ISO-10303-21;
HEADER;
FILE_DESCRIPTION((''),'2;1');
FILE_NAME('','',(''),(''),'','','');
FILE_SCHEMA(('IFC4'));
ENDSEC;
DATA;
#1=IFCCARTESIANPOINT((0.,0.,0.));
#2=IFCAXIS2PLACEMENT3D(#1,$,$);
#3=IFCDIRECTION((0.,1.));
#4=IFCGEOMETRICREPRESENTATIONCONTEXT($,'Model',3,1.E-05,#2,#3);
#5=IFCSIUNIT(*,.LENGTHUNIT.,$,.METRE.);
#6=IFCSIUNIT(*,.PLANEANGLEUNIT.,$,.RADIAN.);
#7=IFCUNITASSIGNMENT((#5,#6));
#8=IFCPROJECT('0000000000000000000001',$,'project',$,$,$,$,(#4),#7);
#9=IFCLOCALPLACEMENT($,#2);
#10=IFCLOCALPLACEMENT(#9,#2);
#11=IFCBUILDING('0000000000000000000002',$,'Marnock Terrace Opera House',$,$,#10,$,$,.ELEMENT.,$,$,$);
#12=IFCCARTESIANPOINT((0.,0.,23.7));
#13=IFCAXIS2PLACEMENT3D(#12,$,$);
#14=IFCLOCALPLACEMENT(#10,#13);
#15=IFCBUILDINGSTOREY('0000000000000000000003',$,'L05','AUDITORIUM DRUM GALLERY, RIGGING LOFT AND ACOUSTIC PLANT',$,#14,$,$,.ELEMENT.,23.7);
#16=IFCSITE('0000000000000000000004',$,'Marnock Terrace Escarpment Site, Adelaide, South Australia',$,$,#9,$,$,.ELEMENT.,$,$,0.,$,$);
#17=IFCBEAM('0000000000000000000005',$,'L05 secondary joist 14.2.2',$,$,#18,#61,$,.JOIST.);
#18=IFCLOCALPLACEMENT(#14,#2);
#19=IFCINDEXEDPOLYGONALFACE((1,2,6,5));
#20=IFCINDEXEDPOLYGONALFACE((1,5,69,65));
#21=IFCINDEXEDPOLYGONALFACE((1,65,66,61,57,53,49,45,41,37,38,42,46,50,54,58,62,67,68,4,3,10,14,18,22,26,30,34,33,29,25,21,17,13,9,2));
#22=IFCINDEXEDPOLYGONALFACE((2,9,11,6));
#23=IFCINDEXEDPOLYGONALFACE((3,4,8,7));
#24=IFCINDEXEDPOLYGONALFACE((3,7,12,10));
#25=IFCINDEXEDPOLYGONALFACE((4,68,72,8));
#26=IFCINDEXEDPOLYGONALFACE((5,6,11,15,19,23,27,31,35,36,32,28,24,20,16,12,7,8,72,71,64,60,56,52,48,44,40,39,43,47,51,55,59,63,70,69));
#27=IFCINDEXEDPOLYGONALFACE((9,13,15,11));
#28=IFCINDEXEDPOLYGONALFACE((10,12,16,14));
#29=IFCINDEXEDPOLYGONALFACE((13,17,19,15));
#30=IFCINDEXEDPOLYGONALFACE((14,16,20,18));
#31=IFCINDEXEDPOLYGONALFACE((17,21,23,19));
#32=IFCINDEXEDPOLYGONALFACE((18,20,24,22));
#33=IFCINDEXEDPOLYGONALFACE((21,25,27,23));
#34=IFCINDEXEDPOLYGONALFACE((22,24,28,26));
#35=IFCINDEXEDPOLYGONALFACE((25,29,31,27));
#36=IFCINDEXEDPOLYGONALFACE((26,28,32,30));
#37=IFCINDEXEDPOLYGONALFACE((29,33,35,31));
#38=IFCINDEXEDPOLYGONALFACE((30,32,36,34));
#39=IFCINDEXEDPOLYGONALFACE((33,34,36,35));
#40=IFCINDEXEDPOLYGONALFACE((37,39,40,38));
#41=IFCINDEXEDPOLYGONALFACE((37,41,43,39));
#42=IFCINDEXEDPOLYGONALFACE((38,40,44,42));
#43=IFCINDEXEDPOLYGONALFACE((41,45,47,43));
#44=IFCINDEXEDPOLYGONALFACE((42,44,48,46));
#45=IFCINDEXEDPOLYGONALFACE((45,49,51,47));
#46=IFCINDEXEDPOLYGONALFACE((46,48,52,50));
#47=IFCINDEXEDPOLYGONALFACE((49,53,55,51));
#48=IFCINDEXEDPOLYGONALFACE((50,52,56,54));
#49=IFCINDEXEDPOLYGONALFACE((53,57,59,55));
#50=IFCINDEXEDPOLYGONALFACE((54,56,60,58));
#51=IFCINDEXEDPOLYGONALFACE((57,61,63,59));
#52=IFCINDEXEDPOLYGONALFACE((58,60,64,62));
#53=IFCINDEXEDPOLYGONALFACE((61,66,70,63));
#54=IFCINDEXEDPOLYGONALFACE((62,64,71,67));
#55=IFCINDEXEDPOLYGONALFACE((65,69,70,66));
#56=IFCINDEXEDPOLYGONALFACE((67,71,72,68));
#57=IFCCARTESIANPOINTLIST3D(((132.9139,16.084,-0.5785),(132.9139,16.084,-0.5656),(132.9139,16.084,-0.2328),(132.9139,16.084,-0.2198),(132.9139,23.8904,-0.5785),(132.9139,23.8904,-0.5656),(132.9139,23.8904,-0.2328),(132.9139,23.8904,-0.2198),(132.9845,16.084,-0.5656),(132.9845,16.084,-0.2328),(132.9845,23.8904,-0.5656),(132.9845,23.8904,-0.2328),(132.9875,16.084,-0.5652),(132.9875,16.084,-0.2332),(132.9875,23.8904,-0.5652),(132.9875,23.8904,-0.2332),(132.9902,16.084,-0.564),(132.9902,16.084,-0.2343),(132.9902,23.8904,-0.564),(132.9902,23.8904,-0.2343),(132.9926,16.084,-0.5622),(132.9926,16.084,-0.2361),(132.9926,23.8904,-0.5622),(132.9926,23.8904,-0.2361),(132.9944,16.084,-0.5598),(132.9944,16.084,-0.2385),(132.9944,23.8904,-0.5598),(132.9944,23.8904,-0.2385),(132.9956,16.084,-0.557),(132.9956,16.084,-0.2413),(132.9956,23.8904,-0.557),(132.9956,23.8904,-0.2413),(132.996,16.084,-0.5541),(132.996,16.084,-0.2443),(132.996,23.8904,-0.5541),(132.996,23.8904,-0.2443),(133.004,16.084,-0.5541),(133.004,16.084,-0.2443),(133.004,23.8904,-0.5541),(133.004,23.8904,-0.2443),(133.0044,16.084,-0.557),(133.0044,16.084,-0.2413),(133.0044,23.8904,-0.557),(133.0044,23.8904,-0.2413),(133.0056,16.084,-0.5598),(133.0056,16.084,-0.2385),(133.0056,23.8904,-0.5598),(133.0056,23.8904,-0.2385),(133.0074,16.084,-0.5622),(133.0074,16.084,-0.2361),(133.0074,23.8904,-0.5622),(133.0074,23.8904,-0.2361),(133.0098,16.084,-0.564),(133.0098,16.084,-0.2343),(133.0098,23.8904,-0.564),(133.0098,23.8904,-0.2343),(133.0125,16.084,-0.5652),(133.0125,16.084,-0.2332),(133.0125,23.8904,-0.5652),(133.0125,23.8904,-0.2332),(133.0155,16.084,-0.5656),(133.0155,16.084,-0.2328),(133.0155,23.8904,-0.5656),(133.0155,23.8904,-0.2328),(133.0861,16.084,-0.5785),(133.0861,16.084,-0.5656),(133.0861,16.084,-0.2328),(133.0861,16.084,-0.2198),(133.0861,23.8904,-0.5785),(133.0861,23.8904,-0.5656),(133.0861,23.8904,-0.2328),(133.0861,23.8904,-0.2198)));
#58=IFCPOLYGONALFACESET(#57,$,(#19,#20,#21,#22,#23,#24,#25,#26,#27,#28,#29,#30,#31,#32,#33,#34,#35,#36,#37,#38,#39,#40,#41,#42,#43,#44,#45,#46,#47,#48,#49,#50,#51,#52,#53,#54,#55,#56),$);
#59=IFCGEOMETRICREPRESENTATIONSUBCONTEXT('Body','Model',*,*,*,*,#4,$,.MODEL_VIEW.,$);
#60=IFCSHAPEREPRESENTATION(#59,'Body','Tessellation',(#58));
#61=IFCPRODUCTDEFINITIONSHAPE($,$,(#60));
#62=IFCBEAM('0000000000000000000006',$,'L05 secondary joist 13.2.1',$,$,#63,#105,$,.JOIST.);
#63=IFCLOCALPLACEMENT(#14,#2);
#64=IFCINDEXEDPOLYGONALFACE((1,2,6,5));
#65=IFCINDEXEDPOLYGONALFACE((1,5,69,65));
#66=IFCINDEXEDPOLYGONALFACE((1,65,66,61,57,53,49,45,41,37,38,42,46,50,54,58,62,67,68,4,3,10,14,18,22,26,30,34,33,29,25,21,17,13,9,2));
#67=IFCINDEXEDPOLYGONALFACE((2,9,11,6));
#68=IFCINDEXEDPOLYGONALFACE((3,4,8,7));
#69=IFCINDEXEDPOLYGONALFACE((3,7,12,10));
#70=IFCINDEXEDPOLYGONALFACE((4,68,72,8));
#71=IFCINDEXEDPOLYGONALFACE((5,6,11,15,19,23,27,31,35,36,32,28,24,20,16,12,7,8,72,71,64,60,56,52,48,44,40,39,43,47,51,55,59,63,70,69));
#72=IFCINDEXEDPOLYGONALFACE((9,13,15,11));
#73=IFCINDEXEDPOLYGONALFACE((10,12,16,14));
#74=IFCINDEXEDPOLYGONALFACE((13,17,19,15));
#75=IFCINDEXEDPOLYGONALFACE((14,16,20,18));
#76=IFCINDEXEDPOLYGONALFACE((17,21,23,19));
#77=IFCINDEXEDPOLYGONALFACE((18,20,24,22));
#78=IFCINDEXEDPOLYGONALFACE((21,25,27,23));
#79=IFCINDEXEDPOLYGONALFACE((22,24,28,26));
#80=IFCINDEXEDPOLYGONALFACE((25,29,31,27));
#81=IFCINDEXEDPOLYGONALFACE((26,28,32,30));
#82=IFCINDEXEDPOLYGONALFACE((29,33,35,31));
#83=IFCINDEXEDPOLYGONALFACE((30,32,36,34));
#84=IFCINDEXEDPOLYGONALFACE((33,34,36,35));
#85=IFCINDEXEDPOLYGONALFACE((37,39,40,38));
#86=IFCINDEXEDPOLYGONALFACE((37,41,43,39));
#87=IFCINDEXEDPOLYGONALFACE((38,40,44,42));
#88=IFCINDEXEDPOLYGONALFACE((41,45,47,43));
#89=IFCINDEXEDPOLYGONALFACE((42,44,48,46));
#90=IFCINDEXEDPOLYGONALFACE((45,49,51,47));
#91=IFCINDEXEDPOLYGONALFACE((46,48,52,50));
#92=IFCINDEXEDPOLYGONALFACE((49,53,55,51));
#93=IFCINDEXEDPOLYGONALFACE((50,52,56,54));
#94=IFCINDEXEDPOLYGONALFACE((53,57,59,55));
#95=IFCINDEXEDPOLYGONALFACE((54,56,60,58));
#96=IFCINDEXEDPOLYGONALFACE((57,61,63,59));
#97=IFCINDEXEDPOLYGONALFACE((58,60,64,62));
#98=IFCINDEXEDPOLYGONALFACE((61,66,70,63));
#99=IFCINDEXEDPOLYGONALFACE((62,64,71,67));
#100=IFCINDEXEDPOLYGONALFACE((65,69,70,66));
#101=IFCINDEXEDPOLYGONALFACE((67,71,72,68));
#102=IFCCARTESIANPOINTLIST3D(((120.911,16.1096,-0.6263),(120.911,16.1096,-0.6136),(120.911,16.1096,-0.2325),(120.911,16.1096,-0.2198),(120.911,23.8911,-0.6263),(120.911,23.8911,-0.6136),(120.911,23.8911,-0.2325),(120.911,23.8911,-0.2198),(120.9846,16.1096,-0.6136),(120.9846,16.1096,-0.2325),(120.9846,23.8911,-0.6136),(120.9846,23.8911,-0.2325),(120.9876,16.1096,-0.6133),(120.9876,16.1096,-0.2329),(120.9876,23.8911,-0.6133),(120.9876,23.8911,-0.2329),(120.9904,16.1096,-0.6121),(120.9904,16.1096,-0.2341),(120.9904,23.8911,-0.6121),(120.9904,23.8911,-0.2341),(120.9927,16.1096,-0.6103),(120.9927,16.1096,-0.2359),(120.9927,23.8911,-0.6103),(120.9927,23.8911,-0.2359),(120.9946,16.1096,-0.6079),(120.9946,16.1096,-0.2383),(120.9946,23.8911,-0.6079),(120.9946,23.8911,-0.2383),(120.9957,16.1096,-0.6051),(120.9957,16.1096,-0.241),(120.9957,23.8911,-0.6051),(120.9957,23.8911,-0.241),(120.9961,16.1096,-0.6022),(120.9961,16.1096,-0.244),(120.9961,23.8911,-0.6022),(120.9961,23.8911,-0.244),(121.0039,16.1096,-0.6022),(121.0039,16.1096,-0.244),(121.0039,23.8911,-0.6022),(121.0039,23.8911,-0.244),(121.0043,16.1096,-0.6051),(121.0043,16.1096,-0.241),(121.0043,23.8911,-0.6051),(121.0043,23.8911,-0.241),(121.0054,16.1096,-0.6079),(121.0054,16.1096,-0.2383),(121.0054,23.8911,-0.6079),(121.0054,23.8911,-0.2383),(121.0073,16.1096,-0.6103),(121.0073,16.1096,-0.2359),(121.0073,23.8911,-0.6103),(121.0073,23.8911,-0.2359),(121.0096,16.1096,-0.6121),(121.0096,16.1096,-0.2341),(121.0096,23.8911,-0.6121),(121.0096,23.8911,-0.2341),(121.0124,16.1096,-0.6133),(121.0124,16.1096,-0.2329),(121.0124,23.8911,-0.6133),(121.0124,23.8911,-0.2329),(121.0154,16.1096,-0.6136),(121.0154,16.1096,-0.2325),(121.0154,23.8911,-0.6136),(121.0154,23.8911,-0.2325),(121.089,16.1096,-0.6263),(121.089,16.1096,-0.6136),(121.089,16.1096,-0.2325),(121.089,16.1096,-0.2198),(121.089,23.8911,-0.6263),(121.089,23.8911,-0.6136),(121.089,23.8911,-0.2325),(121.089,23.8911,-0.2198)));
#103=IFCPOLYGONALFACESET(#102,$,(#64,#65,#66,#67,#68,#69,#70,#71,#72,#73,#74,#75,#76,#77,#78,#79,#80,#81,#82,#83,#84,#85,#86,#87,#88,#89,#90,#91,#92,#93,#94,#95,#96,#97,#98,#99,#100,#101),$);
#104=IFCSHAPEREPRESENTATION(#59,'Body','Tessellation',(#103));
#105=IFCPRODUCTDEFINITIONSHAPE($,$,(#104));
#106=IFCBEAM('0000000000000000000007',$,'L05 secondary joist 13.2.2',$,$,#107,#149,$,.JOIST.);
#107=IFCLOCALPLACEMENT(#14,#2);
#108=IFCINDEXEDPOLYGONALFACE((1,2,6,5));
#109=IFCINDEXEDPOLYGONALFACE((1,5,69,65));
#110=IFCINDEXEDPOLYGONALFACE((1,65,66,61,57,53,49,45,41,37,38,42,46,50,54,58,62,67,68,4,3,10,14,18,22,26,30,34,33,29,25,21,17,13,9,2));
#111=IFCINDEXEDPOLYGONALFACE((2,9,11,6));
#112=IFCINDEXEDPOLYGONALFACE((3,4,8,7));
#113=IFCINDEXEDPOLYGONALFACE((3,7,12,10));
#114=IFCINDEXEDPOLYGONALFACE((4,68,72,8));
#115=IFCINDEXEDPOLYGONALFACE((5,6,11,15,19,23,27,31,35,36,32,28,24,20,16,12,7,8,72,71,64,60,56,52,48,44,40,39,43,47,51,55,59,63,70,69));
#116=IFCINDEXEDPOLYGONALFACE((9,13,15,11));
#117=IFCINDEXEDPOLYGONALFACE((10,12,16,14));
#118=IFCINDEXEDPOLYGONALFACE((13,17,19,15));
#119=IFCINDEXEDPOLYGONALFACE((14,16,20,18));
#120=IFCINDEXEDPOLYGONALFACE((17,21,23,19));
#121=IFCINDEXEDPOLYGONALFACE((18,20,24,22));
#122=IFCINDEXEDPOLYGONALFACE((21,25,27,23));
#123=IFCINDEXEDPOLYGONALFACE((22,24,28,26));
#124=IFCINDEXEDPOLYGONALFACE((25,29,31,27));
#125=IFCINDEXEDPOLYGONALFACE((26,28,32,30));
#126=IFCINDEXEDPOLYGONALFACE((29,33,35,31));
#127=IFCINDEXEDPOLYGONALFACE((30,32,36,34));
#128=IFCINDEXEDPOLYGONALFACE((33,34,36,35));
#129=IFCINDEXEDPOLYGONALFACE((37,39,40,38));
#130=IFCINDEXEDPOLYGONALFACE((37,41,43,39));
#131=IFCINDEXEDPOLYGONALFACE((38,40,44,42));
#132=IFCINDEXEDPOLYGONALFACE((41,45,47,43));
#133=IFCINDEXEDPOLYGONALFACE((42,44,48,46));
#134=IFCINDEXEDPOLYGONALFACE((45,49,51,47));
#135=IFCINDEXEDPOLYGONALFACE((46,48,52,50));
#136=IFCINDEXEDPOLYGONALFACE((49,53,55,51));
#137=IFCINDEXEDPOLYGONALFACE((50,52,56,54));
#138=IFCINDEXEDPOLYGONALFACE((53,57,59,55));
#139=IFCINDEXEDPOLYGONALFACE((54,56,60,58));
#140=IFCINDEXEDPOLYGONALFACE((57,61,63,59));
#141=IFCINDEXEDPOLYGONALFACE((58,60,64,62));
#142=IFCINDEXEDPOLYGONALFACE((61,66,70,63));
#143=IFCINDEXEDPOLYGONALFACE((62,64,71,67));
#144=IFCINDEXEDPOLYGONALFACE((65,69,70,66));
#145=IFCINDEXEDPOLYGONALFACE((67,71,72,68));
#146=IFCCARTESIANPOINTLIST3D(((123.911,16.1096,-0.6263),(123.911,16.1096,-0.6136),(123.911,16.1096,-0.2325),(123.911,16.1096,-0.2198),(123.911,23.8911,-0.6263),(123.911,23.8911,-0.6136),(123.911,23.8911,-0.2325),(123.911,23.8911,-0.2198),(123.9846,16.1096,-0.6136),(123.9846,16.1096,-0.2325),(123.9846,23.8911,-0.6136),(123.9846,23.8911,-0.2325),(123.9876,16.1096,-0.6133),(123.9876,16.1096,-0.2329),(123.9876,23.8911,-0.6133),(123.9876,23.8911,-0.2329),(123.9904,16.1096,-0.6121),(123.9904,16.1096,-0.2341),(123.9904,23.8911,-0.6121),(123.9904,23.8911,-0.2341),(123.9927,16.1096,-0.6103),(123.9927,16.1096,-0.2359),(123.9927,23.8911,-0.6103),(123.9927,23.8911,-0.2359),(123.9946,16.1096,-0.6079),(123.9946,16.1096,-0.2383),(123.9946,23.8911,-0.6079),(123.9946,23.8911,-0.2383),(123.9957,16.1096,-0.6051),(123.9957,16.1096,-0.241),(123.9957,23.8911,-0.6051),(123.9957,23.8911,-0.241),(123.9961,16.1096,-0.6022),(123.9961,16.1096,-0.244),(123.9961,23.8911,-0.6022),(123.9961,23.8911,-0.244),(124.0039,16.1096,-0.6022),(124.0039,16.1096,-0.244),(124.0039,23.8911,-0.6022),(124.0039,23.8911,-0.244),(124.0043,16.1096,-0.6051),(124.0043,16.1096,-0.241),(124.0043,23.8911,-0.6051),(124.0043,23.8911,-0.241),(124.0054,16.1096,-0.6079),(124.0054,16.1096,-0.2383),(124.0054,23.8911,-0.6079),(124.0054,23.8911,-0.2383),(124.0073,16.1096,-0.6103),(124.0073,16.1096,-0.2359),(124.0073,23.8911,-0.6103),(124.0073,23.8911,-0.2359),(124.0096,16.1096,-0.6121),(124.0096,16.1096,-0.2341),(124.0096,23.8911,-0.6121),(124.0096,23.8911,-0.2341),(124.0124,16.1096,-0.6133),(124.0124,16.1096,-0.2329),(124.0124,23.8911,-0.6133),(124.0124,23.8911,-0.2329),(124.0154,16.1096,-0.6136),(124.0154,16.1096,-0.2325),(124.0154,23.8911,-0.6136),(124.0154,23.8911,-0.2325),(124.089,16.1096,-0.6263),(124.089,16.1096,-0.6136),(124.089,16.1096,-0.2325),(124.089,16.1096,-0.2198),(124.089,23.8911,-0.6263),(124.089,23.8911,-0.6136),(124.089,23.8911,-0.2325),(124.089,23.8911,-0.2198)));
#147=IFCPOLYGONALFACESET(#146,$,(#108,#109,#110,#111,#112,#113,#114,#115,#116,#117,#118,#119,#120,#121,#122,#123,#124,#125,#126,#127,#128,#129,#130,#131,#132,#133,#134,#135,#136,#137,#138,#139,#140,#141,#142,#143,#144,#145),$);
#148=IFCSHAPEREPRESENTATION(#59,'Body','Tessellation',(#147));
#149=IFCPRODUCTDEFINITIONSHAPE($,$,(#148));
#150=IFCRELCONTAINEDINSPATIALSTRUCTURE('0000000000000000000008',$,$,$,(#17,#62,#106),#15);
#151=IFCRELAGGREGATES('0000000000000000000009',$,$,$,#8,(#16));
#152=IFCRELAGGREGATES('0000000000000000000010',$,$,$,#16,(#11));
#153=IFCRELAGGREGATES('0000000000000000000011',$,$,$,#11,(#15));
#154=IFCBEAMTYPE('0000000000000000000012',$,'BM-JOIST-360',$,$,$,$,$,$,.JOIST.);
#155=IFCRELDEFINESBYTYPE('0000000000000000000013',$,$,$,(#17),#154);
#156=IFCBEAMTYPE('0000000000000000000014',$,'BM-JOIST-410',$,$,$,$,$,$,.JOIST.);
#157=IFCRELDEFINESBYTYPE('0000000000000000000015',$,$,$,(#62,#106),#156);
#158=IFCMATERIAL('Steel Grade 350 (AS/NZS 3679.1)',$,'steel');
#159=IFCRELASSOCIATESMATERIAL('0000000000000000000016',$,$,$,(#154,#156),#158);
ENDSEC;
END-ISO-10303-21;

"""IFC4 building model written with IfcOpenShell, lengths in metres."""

from ifc_helpers import new_model, si_unit, direction, frame, origin, origin_2d, place, context, subcontext, project, spatial, i_section, extrude, material, material_profile, profile_set, type_object, element, save


model = new_model("IFC4")

# Units and contexts
model_context = context("Model", 3, precision=1e-05, world=origin(), true_north=direction((0.0, 1.0)))
body_context = subcontext(model_context, "Body", "Model", "MODEL_VIEW")
ifc_project = project(units=[si_unit("LENGTHUNIT", "METRE"), si_unit("PLANEANGLEUNIT", "RADIAN")], contexts=[model_context])

# Site, building, storey
site_placement = place(None, origin())
site = spatial("IfcSite", under=ifc_project, at=site_placement, Name="Marnock Terrace Escarpment Site, Adelaide, South Australia", CompositionType="ELEMENT", RefElevation=0.0)
building_placement = place(site_placement, origin())
building = spatial("IfcBuilding", under=site, at=building_placement, Name="Marnock Terrace Opera House", CompositionType="ELEMENT")
storey_placement = place(building_placement, frame((0.0, 0.0, 23.7)))
storey = spatial("IfcBuildingStorey", under=building, at=storey_placement, Name="L05", Description="AUDITORIUM DRUM GALLERY, RIGGING LOFT AND ACOUSTIC PLANT", CompositionType="ELEMENT", Elevation=23.7)

# Beams
ifc_material = material(Name="Steel Grade 350 (AS/NZS 3679.1)", Category="steel")
ifc_material_profile_1 = material_profile(ifc_material, i_section(OverallWidth=0.1721, OverallDepth=0.3586, WebThickness=0.0081, FlangeThickness=0.0129, FilletRadius=0.0115, at=origin_2d()))
ifc_profile_set_1 = profile_set([ifc_material_profile_1], Name="Steel Grade 350 (AS/NZS 3679.1)")
beam_type_1 = type_object("IfcBeamType", Name="BM-JOIST-360", PredefinedType="JOIST", material=ifc_profile_set_1)
for number, where, z_axis, x_axis, name in (
    (1, (133.0, 16.084, -0.3992), (0.0, 1.0, 0.0), (-1.0, 0.0, 0.0), "L05 secondary joist 14.2.2"),
):
    element("IfcBeam", number, at=place(storey_placement, frame(where, z_axis=z_axis, x_axis=x_axis)), inside=storey, type_object=beam_type_1, Name=name, PredefinedType="JOIST", context=body_context, shape_type="SweptSolid", body=[
        extrude(i_section(OverallWidth=0.1721, OverallDepth=0.3586, WebThickness=0.0081, FlangeThickness=0.0129, FilletRadius=0.0115, at=origin_2d()), origin(), (0.0, 0.0, 1.0), 7.8064),
    ])
ifc_material_profile_2 = material_profile(ifc_material, i_section(OverallWidth=0.178, OverallDepth=0.4065, WebThickness=0.0078, FlangeThickness=0.0127, FilletRadius=0.0115, at=origin_2d()))
ifc_profile_set_2 = profile_set([ifc_material_profile_2], Name="Steel Grade 350 (AS/NZS 3679.1)")
beam_type_2 = type_object("IfcBeamType", Name="BM-JOIST-410", PredefinedType="JOIST", material=ifc_profile_set_2)
for number, where, z_axis, x_axis, name in (
    (2, (121.0, 16.1096, -0.4231), (0.0, 1.0, 0.0), (-1.0, 0.0, 0.0), "L05 secondary joist 13.2.1"),
    (3, (124.0, 16.1096, -0.4231), (0.0, 1.0, 0.0), (-1.0, 0.0, 0.0), "L05 secondary joist 13.2.2"),
):
    element("IfcBeam", number, at=place(storey_placement, frame(where, z_axis=z_axis, x_axis=x_axis)), inside=storey, type_object=beam_type_2, Name=name, PredefinedType="JOIST", context=body_context, shape_type="SweptSolid", body=[
        extrude(i_section(OverallWidth=0.178, OverallDepth=0.4065, WebThickness=0.0078, FlangeThickness=0.0127, FilletRadius=0.0115, at=origin_2d()), origin(), (0.0, 0.0, 1.0), 7.7815),
    ])

save(model, "model.ifc")
